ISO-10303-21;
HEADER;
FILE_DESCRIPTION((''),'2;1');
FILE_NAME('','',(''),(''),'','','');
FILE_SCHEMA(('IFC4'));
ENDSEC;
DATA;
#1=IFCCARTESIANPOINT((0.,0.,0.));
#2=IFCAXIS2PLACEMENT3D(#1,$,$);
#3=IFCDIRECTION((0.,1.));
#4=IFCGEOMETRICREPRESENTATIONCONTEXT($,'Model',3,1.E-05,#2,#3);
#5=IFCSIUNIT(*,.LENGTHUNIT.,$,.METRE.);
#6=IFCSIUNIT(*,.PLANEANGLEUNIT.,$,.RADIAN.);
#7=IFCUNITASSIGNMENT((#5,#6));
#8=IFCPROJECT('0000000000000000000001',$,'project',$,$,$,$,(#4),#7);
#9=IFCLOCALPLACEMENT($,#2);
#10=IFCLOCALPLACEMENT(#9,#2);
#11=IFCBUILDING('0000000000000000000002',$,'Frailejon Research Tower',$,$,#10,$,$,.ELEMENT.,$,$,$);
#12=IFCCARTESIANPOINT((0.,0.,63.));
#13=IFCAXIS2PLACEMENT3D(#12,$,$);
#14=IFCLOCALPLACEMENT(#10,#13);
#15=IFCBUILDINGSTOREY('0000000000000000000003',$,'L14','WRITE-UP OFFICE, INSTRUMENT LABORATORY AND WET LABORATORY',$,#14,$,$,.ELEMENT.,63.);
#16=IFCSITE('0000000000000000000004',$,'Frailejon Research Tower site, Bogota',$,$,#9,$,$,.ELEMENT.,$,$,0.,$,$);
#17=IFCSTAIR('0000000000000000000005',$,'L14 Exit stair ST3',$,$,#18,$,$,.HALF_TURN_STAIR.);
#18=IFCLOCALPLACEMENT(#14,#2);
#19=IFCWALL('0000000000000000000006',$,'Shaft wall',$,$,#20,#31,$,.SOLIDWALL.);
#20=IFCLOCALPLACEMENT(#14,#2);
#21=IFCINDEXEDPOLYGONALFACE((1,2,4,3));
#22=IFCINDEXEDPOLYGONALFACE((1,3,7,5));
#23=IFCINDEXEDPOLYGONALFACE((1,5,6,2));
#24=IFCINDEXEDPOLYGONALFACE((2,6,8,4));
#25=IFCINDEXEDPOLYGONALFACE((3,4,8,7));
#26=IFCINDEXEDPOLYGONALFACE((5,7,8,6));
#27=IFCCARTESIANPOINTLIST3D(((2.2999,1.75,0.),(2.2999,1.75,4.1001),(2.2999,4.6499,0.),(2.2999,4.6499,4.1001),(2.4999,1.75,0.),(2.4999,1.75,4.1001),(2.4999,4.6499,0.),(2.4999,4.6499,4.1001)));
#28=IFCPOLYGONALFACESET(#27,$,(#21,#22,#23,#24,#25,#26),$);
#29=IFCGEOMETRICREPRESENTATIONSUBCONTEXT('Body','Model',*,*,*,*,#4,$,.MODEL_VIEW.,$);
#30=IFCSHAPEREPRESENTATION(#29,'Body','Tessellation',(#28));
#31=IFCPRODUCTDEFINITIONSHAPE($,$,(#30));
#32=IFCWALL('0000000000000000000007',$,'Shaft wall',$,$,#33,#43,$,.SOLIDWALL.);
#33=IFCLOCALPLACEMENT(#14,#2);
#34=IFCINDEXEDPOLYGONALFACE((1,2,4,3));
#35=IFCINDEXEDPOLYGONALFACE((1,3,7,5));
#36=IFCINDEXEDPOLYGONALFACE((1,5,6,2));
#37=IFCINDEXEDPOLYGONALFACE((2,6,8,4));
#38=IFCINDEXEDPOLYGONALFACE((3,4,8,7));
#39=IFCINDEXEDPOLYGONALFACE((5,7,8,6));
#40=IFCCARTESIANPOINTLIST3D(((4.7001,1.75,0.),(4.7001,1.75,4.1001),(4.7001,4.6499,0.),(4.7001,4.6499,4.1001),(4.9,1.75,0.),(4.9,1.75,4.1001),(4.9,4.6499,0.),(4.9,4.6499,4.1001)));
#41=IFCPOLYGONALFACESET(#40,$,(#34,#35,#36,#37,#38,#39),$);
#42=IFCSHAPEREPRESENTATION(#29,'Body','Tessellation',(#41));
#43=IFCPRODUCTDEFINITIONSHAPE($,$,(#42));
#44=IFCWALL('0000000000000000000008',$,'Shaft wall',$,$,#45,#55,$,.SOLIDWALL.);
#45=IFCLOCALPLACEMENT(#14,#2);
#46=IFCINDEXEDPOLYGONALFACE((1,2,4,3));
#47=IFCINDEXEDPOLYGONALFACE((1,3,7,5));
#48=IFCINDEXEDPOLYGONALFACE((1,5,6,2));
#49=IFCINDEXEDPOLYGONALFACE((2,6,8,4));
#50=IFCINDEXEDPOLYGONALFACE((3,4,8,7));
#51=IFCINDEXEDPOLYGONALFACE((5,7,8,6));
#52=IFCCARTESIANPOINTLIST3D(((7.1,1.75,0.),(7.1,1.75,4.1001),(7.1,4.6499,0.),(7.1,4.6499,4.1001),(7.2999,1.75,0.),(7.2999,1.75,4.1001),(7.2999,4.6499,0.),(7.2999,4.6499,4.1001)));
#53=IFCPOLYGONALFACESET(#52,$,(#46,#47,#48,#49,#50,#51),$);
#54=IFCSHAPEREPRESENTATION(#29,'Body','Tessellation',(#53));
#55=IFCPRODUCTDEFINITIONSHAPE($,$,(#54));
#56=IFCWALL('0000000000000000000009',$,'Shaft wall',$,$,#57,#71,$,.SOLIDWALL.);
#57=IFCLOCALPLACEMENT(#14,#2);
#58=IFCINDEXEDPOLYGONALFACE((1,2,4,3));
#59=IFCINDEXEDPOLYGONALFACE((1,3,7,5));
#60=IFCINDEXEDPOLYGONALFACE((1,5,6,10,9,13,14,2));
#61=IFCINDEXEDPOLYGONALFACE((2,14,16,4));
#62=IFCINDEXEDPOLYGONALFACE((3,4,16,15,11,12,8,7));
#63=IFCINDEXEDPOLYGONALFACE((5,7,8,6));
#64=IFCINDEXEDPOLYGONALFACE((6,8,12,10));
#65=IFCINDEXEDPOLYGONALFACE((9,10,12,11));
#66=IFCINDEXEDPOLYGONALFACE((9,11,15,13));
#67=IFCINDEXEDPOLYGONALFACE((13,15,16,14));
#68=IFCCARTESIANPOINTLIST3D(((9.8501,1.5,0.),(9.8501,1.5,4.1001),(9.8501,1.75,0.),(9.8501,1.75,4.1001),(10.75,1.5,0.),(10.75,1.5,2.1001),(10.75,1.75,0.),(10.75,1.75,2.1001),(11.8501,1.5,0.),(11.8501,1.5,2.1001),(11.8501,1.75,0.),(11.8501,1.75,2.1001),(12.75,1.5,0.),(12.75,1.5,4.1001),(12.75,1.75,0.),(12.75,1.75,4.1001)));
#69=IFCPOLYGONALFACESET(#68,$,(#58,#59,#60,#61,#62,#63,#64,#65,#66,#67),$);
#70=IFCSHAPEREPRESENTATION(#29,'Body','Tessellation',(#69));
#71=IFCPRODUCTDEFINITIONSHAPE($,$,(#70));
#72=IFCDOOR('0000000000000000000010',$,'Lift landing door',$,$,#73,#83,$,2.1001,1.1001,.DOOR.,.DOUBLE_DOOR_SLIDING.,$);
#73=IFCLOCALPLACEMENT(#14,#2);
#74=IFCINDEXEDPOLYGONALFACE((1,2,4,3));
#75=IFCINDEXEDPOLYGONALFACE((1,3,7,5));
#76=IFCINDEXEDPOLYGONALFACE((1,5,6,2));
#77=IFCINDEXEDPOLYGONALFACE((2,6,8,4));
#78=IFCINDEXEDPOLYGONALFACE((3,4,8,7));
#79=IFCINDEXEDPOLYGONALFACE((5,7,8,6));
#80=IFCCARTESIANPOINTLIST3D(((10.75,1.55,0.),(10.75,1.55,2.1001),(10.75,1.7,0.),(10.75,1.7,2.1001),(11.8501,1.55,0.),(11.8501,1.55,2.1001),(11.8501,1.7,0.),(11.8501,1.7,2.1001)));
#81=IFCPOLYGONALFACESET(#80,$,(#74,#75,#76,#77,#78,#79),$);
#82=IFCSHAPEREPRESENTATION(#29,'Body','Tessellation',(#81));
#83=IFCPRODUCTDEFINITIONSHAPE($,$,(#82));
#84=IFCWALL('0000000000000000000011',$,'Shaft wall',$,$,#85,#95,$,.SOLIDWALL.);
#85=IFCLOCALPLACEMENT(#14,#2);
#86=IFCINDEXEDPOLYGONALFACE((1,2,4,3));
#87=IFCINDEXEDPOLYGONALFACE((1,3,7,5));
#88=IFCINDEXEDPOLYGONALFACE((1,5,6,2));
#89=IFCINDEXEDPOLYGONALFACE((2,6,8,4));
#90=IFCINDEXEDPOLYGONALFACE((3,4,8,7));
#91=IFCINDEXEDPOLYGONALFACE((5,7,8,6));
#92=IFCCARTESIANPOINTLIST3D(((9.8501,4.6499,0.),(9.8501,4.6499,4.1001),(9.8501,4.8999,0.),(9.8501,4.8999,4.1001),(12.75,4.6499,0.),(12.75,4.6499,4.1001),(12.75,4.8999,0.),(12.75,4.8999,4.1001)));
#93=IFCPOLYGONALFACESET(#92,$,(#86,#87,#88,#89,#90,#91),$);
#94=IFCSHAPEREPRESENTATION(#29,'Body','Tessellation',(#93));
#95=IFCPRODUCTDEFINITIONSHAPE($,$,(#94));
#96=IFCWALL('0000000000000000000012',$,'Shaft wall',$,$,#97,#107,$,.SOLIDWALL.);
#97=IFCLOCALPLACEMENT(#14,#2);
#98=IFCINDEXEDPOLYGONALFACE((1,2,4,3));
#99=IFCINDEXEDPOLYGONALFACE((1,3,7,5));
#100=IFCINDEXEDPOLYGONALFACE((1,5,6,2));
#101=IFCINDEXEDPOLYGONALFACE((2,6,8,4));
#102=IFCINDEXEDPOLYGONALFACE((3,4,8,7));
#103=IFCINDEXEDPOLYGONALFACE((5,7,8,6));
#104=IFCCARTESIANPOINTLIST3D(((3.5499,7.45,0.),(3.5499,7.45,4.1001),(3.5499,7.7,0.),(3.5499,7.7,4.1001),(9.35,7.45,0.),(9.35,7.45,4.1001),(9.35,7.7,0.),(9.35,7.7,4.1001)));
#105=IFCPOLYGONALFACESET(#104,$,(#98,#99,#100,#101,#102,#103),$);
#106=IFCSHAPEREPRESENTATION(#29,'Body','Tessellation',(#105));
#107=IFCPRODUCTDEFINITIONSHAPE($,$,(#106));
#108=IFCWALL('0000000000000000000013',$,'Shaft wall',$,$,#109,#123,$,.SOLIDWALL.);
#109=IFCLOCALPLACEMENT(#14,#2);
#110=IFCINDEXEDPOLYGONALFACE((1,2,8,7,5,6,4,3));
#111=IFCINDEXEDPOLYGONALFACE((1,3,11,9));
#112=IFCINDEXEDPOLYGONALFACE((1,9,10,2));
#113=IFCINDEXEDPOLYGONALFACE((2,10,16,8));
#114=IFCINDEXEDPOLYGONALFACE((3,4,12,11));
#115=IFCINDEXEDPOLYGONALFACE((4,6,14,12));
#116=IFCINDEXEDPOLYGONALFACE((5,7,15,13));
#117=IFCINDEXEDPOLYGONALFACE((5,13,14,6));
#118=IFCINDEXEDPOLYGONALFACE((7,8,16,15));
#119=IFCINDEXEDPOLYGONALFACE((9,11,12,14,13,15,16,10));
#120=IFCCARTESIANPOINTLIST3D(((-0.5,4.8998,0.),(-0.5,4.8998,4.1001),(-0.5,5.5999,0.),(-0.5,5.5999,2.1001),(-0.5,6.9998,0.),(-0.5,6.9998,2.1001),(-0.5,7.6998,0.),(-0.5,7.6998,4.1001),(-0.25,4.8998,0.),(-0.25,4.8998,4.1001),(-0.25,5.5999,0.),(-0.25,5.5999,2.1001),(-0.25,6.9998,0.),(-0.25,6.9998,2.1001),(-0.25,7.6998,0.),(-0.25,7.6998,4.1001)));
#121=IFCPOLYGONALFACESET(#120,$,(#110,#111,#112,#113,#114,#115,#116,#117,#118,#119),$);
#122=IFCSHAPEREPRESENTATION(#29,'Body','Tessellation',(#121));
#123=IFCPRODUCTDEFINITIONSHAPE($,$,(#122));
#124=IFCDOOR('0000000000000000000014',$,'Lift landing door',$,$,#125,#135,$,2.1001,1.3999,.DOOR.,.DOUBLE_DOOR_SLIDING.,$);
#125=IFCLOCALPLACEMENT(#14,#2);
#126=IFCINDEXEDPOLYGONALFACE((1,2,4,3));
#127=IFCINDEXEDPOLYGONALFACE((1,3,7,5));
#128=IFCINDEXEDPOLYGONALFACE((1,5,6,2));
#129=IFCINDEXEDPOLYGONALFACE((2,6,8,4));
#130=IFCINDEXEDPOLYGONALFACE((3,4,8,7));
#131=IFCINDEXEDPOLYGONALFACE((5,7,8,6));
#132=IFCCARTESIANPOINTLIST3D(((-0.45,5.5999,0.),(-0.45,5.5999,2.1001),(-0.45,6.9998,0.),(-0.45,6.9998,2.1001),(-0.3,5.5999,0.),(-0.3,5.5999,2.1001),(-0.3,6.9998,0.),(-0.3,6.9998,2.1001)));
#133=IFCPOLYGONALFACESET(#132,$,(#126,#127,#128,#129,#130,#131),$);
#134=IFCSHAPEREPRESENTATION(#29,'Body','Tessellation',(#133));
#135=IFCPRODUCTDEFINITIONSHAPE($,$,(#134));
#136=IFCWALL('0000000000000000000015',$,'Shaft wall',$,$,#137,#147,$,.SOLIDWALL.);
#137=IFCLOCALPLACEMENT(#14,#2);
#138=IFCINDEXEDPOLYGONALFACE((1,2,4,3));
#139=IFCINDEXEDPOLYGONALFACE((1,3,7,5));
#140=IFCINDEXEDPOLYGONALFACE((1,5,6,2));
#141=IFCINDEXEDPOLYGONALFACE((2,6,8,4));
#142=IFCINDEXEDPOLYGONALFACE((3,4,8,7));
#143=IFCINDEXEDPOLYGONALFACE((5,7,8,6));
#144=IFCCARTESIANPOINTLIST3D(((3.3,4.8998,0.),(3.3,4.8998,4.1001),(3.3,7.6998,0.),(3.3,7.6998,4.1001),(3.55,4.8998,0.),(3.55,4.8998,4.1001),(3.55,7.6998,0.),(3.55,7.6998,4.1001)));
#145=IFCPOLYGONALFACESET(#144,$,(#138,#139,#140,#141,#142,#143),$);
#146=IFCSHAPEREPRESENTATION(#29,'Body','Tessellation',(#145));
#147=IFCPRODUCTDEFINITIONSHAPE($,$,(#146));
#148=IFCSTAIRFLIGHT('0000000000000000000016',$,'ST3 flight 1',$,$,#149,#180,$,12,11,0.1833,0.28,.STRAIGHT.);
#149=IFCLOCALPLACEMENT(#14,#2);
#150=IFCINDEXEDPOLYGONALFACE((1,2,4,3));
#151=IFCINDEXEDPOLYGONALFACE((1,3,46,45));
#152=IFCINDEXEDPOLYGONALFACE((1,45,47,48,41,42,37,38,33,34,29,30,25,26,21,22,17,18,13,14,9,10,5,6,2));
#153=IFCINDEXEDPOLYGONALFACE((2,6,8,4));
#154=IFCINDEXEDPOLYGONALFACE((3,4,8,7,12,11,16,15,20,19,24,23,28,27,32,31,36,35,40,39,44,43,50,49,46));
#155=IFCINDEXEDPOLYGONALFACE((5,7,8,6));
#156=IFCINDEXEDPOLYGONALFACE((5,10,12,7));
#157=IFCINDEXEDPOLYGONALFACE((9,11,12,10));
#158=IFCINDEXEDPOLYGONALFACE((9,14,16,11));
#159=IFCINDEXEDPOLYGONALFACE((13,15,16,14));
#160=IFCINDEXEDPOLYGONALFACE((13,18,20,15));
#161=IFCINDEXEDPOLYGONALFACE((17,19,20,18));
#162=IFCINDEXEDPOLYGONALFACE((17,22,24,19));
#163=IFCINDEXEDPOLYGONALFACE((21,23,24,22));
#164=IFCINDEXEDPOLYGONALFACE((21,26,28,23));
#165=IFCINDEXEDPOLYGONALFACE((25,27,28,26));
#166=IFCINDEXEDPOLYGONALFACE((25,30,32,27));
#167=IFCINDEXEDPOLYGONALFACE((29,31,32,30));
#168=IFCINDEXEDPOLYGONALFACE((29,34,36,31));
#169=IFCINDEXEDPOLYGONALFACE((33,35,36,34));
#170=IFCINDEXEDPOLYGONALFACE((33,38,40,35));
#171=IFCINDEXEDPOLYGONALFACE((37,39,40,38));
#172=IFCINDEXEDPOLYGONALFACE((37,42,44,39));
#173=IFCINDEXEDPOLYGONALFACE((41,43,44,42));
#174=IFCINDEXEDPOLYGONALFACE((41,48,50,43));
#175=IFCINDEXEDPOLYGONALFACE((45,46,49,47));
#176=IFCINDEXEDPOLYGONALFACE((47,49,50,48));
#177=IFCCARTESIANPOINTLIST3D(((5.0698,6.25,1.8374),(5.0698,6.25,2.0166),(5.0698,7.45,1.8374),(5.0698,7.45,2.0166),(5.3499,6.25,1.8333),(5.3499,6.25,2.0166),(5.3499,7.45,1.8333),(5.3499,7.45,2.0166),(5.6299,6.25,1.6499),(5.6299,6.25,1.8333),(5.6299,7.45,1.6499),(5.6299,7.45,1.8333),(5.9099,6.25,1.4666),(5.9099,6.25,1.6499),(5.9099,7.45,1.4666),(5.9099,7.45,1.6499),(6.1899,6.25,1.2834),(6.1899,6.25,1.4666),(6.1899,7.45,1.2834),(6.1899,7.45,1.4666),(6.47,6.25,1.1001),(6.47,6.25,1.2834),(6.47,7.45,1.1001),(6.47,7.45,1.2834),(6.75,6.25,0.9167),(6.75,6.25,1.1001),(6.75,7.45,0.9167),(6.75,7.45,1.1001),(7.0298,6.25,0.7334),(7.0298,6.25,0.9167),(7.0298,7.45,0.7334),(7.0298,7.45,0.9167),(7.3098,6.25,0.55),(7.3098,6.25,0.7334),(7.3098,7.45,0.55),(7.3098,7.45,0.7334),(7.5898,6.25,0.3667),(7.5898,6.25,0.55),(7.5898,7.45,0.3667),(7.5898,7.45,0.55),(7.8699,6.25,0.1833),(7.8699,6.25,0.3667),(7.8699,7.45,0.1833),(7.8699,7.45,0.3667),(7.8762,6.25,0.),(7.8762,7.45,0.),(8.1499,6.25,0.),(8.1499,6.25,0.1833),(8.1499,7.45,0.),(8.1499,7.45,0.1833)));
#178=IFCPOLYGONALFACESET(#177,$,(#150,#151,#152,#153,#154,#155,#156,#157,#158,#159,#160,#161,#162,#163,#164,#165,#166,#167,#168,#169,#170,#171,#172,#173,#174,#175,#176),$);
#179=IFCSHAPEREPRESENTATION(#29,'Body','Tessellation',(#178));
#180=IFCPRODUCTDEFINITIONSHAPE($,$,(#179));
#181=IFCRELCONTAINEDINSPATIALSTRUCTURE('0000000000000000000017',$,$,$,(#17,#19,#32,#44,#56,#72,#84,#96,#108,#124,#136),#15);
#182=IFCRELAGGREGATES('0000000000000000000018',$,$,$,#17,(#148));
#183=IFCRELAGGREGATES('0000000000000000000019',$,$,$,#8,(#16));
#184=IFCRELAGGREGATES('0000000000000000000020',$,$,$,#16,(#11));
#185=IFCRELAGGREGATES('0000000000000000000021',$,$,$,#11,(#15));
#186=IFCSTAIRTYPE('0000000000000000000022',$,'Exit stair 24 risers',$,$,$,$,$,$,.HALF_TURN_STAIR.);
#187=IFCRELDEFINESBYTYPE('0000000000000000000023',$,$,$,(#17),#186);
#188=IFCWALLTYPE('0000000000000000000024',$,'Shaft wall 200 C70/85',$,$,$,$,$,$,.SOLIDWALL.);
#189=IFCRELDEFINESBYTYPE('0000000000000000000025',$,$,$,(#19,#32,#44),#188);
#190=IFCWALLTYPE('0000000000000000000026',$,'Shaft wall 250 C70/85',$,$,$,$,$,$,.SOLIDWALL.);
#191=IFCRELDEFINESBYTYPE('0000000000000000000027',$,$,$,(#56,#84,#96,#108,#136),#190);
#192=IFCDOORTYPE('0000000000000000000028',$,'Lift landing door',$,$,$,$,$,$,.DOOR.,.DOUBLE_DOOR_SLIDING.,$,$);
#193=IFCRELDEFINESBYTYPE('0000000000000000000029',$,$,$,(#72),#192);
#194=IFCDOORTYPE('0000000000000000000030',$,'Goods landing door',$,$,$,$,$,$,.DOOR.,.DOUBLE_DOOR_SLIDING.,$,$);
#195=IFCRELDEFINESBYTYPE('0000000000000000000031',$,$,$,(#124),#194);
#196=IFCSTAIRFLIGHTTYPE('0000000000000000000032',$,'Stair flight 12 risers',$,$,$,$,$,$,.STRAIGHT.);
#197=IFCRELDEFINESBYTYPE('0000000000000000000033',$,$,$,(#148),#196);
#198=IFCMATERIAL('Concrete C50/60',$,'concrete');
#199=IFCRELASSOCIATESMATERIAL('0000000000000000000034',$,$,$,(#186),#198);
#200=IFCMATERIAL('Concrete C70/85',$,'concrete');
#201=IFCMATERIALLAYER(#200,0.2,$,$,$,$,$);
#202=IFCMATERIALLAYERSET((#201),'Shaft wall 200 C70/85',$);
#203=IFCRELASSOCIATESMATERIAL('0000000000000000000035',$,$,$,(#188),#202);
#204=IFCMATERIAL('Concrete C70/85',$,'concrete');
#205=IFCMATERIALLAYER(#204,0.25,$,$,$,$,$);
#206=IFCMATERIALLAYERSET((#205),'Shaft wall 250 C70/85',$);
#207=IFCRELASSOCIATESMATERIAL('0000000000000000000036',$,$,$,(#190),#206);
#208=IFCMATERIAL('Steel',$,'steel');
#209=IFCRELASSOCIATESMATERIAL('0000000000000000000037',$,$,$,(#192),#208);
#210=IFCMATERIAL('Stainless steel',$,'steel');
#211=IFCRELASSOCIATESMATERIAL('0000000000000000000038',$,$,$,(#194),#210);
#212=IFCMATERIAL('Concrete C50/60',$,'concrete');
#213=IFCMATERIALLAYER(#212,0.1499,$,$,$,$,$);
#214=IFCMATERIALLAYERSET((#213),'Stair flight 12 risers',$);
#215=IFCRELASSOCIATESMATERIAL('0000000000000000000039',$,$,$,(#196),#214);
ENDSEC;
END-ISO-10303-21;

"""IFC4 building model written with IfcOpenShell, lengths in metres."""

from ifc_helpers import new_model, si_unit, direction, frame, frame_2d, origin, place, context, subcontext, project, spatial, polyline, rectangle, outline, extrude, material, layer, layer_set, type_object, element, fill, aggregate, save


model = new_model("IFC4")

# Units and contexts
model_context = context("Model", 3, precision=1e-05, world=origin(), true_north=direction((0.0, 1.0)))
body_context = subcontext(model_context, "Body", "Model", "MODEL_VIEW")
ifc_project = project(units=[si_unit("LENGTHUNIT", "METRE"), si_unit("PLANEANGLEUNIT", "RADIAN")], contexts=[model_context])

# Site, building, storey
site_placement = place(None, origin())
site = spatial("IfcSite", under=ifc_project, at=site_placement, Name="Frailejon Research Tower site, Bogota", CompositionType="ELEMENT", RefElevation=0.0)
building_placement = place(site_placement, origin())
building = spatial("IfcBuilding", under=site, at=building_placement, Name="Frailejon Research Tower", CompositionType="ELEMENT")
storey_placement = place(building_placement, frame((0.0, 0.0, 63.0)))
storey = spatial("IfcBuildingStorey", under=building, at=storey_placement, Name="L14", Description="WRITE-UP OFFICE, INSTRUMENT LABORATORY AND WET LABORATORY", CompositionType="ELEMENT", Elevation=63.0)

# Stair
ifc_material_1 = material(Name="Concrete C50/60", Category="concrete")
stair_type = type_object("IfcStairType", Name="Exit stair 24 risers", PredefinedType="HALF_TURN_STAIR", material=ifc_material_1)
stair_1_placement = place(storey_placement, origin())
stair_1 = element("IfcStair", 1, at=stair_1_placement, inside=storey, type_object=stair_type, Name="L14 Exit stair ST3", PredefinedType="HALF_TURN_STAIR")

# Walls
ifc_material_2 = material(Name="Concrete C70/85", Category="concrete")
ifc_layer_1 = layer(ifc_material_2, 0.2)
ifc_layer_set_1 = layer_set([ifc_layer_1], Name="Shaft wall 200 C70/85")
wall_type_1 = type_object("IfcWallType", Name="Shaft wall 200 C70/85", PredefinedType="SOLIDWALL", material=ifc_layer_set_1)
for number, where, z_axis, x_axis, name in (
    (2, (2.3999, 1.75, 0.0), (0.0, 0.0, 1.0), (0.0, 1.0, 0.0), "Shaft wall"),
    (3, (4.8, 1.75, 0.0), (0.0, 0.0, 1.0), (0.0, 1.0, 0.0), "Shaft wall"),
    (4, (7.2, 1.75, 0.0), (0.0, 0.0, 1.0), (0.0, 1.0, 0.0), "Shaft wall"),
):
    element("IfcWall", number, at=place(storey_placement, frame(where, z_axis=z_axis, x_axis=x_axis)), inside=storey, type_object=wall_type_1, Name=name, PredefinedType="SOLIDWALL", context=body_context, shape_type="SweptSolid", body=[
        extrude(rectangle(XDim=2.8999, YDim=0.2, at=frame_2d((1.45, 0.0))), origin(), (0.0, 0.0, 1.0), 4.1001),
    ])

# Wall, opening, door
ifc_material_3 = material(Name="Concrete C70/85", Category="concrete")
ifc_layer_2 = layer(ifc_material_3, 0.25)
ifc_layer_set_2 = layer_set([ifc_layer_2], Name="Shaft wall 250 C70/85")
wall_type_2 = type_object("IfcWallType", Name="Shaft wall 250 C70/85", PredefinedType="SOLIDWALL", material=ifc_layer_set_2)
wall_1_placement = place(storey_placement, frame((9.8501, 1.625, 0.0), z_axis=(0.0, 0.0, 1.0), x_axis=(1.0, 0.0, 0.0)))
wall_1 = element("IfcWall", 5, at=wall_1_placement, inside=storey, type_object=wall_type_2, Name="Shaft wall", PredefinedType="SOLIDWALL", context=body_context, shape_type="SweptSolid", body=[
    extrude(rectangle(XDim=2.8999, YDim=0.25, at=frame_2d((1.45, 0.0))), origin(), (0.0, 0.0, 1.0), 4.1001),
])
opening_1_placement = place(wall_1_placement, frame((0.8999, 0.0, 0.0)))
opening_1 = element("IfcOpeningElement", 6, at=opening_1_placement, cuts=wall_1, PredefinedType="OPENING", context=body_context, shape_type="SweptSolid", body=[
    extrude(rectangle(XDim=1.1001, YDim=2.1001, at=frame_2d((0.55, 1.05))), frame((0.0, 0.135, 0.0), z_axis=(0.0, -1.0, 0.0), x_axis=(1.0, 0.0, 0.0)), (0.0, 0.0, 1.0), 0.27),
])
ifc_material_4 = material(Name="Steel", Category="steel")
door_type_1 = type_object("IfcDoorType", Name="Lift landing door", OperationType="DOUBLE_DOOR_SLIDING", PredefinedType="DOOR", material=ifc_material_4)
door_1_placement = place(opening_1_placement, origin())
door_1 = element("IfcDoor", 7, at=door_1_placement, inside=storey, type_object=door_type_1, Name="Lift landing door", OperationType="DOUBLE_DOOR_SLIDING", OverallHeight=2.1001, OverallWidth=1.1001, PredefinedType="DOOR", context=body_context, shape_type="SweptSolid", body=[
    extrude(rectangle(XDim=1.1001, YDim=2.1001, at=frame_2d((0.55, 1.05))), frame((0.0, 0.075, 0.0), z_axis=(0.0, -1.0, 0.0), x_axis=(1.0, 0.0, 0.0)), (0.0, 0.0, 1.0), 0.1499),
])
fill(opening_1, door_1)

# Walls
wall_2_placement = place(storey_placement, frame((9.8501, 4.7749, 0.0), z_axis=(0.0, 0.0, 1.0), x_axis=(1.0, 0.0, 0.0)))
element("IfcWall", 8, at=wall_2_placement, inside=storey, type_object=wall_type_2, Name="Shaft wall", PredefinedType="SOLIDWALL", context=body_context, shape_type="SweptSolid", body=[
    extrude(rectangle(XDim=2.8999, YDim=0.25, at=frame_2d((1.45, 0.0))), origin(), (0.0, 0.0, 1.0), 4.1001),
])
wall_3_placement = place(storey_placement, frame((3.55, 7.575, 0.0), z_axis=(0.0, 0.0, 1.0), x_axis=(1.0, 0.0, 0.0)))
element("IfcWall", 9, at=wall_3_placement, inside=storey, type_object=wall_type_2, Name="Shaft wall", PredefinedType="SOLIDWALL", context=body_context, shape_type="SweptSolid", body=[
    extrude(rectangle(XDim=5.8, YDim=0.25, at=frame_2d((2.8999, 0.0))), origin(), (0.0, 0.0, 1.0), 4.1001),
])

# Wall, opening, door
wall_4_placement = place(storey_placement, frame((-0.375, 4.8999, 0.0), z_axis=(0.0, 0.0, 1.0), x_axis=(0.0, 1.0, 0.0)))
wall_4 = element("IfcWall", 10, at=wall_4_placement, inside=storey, type_object=wall_type_2, Name="Shaft wall", PredefinedType="SOLIDWALL", context=body_context, shape_type="SweptSolid", body=[
    extrude(rectangle(XDim=2.8, YDim=0.25, at=frame_2d((1.3999, 0.0))), origin(), (0.0, 0.0, 1.0), 4.1001),
])
opening_2_placement = place(wall_4_placement, frame((0.7, 0.0, 0.0)))
opening_2 = element("IfcOpeningElement", 11, at=opening_2_placement, cuts=wall_4, PredefinedType="OPENING", context=body_context, shape_type="SweptSolid", body=[
    extrude(rectangle(XDim=1.3999, YDim=2.1001, at=frame_2d((0.7, 1.05))), frame((0.0, 0.135, 0.0), z_axis=(0.0, -1.0, 0.0), x_axis=(1.0, 0.0, 0.0)), (0.0, 0.0, 1.0), 0.27),
])
ifc_material_5 = material(Name="Stainless steel", Category="steel")
door_type_2 = type_object("IfcDoorType", Name="Goods landing door", OperationType="DOUBLE_DOOR_SLIDING", PredefinedType="DOOR", material=ifc_material_5)
door_2_placement = place(opening_2_placement, origin())
door_2 = element("IfcDoor", 12, at=door_2_placement, inside=storey, type_object=door_type_2, Name="Lift landing door", OperationType="DOUBLE_DOOR_SLIDING", OverallHeight=2.1001, OverallWidth=1.3999, PredefinedType="DOOR", context=body_context, shape_type="SweptSolid", body=[
    extrude(rectangle(XDim=1.3999, YDim=2.1001, at=frame_2d((0.7, 1.05))), frame((0.0, 0.075, 0.0), z_axis=(0.0, -1.0, 0.0), x_axis=(1.0, 0.0, 0.0)), (0.0, 0.0, 1.0), 0.1499),
])
fill(opening_2, door_2)

# Wall
wall_5_placement = place(storey_placement, frame((3.425, 4.8999, 0.0), z_axis=(0.0, 0.0, 1.0), x_axis=(0.0, 1.0, 0.0)))
element("IfcWall", 13, at=wall_5_placement, inside=storey, type_object=wall_type_2, Name="Shaft wall", PredefinedType="SOLIDWALL", context=body_context, shape_type="SweptSolid", body=[
    extrude(rectangle(XDim=2.8, YDim=0.25, at=frame_2d((1.3999, 0.0))), origin(), (0.0, 0.0, 1.0), 4.1001),
])

# Stair flight
ifc_material_6 = material(Name="Concrete C50/60", Category="concrete")
ifc_layer_3 = layer(ifc_material_6, 0.1499)
ifc_layer_set_3 = layer_set([ifc_layer_3], Name="Stair flight 12 risers")
stair_flight_type = type_object("IfcStairFlightType", Name="Stair flight 12 risers", PredefinedType="STRAIGHT", material=ifc_layer_set_3)
stair_flight_1_placement = place(storey_placement, frame((8.1499, 6.8501, 0.0), z_axis=(0.0, 0.0, 1.0), x_axis=(-1.0, 0.0, 0.0)))
stair_flight_1 = element("IfcStairFlight", 14, at=stair_flight_1_placement, type_object=stair_flight_type, Name="ST3 flight 1", NumberOfRisers=12, NumberOfTreads=11, PredefinedType="STRAIGHT", RiserHeight=0.1833, TreadLength=0.28, context=body_context, shape_type="SweptSolid", body=[
    extrude(outline(polyline([(0.0, 0.0), (0.0, 0.1833), (0.28, 0.1833), (0.28, 0.3667), (0.5601, 0.3667), (0.5601, 0.55), (0.8401, 0.55), (0.8401, 0.7334), (1.1201, 0.7334), (1.1201, 0.9167), (1.3999, 0.9167), (1.3999, 1.1001), (1.6799, 1.1001), (1.6799, 1.2834), (1.96, 1.2834), (1.96, 1.4666), (2.24, 1.4666), (2.24, 1.6499), (2.52, 1.6499), (2.52, 1.8333), (2.8, 1.8333), (2.8, 2.0166), (3.0801, 2.0166), (3.0801, 2.2), (3.0801, 1.8374), (0.2737, 0.0), (0.0, 0.0)])), frame((0.0, 0.6001, 0.0), z_axis=(0.0, -1.0, 0.0), x_axis=(1.0, 0.0, 0.0)), (0.0, 0.0, 1.0), 1.2),
])
aggregate(stair_1, [stair_flight_1])

save(model, "model.ifc")
